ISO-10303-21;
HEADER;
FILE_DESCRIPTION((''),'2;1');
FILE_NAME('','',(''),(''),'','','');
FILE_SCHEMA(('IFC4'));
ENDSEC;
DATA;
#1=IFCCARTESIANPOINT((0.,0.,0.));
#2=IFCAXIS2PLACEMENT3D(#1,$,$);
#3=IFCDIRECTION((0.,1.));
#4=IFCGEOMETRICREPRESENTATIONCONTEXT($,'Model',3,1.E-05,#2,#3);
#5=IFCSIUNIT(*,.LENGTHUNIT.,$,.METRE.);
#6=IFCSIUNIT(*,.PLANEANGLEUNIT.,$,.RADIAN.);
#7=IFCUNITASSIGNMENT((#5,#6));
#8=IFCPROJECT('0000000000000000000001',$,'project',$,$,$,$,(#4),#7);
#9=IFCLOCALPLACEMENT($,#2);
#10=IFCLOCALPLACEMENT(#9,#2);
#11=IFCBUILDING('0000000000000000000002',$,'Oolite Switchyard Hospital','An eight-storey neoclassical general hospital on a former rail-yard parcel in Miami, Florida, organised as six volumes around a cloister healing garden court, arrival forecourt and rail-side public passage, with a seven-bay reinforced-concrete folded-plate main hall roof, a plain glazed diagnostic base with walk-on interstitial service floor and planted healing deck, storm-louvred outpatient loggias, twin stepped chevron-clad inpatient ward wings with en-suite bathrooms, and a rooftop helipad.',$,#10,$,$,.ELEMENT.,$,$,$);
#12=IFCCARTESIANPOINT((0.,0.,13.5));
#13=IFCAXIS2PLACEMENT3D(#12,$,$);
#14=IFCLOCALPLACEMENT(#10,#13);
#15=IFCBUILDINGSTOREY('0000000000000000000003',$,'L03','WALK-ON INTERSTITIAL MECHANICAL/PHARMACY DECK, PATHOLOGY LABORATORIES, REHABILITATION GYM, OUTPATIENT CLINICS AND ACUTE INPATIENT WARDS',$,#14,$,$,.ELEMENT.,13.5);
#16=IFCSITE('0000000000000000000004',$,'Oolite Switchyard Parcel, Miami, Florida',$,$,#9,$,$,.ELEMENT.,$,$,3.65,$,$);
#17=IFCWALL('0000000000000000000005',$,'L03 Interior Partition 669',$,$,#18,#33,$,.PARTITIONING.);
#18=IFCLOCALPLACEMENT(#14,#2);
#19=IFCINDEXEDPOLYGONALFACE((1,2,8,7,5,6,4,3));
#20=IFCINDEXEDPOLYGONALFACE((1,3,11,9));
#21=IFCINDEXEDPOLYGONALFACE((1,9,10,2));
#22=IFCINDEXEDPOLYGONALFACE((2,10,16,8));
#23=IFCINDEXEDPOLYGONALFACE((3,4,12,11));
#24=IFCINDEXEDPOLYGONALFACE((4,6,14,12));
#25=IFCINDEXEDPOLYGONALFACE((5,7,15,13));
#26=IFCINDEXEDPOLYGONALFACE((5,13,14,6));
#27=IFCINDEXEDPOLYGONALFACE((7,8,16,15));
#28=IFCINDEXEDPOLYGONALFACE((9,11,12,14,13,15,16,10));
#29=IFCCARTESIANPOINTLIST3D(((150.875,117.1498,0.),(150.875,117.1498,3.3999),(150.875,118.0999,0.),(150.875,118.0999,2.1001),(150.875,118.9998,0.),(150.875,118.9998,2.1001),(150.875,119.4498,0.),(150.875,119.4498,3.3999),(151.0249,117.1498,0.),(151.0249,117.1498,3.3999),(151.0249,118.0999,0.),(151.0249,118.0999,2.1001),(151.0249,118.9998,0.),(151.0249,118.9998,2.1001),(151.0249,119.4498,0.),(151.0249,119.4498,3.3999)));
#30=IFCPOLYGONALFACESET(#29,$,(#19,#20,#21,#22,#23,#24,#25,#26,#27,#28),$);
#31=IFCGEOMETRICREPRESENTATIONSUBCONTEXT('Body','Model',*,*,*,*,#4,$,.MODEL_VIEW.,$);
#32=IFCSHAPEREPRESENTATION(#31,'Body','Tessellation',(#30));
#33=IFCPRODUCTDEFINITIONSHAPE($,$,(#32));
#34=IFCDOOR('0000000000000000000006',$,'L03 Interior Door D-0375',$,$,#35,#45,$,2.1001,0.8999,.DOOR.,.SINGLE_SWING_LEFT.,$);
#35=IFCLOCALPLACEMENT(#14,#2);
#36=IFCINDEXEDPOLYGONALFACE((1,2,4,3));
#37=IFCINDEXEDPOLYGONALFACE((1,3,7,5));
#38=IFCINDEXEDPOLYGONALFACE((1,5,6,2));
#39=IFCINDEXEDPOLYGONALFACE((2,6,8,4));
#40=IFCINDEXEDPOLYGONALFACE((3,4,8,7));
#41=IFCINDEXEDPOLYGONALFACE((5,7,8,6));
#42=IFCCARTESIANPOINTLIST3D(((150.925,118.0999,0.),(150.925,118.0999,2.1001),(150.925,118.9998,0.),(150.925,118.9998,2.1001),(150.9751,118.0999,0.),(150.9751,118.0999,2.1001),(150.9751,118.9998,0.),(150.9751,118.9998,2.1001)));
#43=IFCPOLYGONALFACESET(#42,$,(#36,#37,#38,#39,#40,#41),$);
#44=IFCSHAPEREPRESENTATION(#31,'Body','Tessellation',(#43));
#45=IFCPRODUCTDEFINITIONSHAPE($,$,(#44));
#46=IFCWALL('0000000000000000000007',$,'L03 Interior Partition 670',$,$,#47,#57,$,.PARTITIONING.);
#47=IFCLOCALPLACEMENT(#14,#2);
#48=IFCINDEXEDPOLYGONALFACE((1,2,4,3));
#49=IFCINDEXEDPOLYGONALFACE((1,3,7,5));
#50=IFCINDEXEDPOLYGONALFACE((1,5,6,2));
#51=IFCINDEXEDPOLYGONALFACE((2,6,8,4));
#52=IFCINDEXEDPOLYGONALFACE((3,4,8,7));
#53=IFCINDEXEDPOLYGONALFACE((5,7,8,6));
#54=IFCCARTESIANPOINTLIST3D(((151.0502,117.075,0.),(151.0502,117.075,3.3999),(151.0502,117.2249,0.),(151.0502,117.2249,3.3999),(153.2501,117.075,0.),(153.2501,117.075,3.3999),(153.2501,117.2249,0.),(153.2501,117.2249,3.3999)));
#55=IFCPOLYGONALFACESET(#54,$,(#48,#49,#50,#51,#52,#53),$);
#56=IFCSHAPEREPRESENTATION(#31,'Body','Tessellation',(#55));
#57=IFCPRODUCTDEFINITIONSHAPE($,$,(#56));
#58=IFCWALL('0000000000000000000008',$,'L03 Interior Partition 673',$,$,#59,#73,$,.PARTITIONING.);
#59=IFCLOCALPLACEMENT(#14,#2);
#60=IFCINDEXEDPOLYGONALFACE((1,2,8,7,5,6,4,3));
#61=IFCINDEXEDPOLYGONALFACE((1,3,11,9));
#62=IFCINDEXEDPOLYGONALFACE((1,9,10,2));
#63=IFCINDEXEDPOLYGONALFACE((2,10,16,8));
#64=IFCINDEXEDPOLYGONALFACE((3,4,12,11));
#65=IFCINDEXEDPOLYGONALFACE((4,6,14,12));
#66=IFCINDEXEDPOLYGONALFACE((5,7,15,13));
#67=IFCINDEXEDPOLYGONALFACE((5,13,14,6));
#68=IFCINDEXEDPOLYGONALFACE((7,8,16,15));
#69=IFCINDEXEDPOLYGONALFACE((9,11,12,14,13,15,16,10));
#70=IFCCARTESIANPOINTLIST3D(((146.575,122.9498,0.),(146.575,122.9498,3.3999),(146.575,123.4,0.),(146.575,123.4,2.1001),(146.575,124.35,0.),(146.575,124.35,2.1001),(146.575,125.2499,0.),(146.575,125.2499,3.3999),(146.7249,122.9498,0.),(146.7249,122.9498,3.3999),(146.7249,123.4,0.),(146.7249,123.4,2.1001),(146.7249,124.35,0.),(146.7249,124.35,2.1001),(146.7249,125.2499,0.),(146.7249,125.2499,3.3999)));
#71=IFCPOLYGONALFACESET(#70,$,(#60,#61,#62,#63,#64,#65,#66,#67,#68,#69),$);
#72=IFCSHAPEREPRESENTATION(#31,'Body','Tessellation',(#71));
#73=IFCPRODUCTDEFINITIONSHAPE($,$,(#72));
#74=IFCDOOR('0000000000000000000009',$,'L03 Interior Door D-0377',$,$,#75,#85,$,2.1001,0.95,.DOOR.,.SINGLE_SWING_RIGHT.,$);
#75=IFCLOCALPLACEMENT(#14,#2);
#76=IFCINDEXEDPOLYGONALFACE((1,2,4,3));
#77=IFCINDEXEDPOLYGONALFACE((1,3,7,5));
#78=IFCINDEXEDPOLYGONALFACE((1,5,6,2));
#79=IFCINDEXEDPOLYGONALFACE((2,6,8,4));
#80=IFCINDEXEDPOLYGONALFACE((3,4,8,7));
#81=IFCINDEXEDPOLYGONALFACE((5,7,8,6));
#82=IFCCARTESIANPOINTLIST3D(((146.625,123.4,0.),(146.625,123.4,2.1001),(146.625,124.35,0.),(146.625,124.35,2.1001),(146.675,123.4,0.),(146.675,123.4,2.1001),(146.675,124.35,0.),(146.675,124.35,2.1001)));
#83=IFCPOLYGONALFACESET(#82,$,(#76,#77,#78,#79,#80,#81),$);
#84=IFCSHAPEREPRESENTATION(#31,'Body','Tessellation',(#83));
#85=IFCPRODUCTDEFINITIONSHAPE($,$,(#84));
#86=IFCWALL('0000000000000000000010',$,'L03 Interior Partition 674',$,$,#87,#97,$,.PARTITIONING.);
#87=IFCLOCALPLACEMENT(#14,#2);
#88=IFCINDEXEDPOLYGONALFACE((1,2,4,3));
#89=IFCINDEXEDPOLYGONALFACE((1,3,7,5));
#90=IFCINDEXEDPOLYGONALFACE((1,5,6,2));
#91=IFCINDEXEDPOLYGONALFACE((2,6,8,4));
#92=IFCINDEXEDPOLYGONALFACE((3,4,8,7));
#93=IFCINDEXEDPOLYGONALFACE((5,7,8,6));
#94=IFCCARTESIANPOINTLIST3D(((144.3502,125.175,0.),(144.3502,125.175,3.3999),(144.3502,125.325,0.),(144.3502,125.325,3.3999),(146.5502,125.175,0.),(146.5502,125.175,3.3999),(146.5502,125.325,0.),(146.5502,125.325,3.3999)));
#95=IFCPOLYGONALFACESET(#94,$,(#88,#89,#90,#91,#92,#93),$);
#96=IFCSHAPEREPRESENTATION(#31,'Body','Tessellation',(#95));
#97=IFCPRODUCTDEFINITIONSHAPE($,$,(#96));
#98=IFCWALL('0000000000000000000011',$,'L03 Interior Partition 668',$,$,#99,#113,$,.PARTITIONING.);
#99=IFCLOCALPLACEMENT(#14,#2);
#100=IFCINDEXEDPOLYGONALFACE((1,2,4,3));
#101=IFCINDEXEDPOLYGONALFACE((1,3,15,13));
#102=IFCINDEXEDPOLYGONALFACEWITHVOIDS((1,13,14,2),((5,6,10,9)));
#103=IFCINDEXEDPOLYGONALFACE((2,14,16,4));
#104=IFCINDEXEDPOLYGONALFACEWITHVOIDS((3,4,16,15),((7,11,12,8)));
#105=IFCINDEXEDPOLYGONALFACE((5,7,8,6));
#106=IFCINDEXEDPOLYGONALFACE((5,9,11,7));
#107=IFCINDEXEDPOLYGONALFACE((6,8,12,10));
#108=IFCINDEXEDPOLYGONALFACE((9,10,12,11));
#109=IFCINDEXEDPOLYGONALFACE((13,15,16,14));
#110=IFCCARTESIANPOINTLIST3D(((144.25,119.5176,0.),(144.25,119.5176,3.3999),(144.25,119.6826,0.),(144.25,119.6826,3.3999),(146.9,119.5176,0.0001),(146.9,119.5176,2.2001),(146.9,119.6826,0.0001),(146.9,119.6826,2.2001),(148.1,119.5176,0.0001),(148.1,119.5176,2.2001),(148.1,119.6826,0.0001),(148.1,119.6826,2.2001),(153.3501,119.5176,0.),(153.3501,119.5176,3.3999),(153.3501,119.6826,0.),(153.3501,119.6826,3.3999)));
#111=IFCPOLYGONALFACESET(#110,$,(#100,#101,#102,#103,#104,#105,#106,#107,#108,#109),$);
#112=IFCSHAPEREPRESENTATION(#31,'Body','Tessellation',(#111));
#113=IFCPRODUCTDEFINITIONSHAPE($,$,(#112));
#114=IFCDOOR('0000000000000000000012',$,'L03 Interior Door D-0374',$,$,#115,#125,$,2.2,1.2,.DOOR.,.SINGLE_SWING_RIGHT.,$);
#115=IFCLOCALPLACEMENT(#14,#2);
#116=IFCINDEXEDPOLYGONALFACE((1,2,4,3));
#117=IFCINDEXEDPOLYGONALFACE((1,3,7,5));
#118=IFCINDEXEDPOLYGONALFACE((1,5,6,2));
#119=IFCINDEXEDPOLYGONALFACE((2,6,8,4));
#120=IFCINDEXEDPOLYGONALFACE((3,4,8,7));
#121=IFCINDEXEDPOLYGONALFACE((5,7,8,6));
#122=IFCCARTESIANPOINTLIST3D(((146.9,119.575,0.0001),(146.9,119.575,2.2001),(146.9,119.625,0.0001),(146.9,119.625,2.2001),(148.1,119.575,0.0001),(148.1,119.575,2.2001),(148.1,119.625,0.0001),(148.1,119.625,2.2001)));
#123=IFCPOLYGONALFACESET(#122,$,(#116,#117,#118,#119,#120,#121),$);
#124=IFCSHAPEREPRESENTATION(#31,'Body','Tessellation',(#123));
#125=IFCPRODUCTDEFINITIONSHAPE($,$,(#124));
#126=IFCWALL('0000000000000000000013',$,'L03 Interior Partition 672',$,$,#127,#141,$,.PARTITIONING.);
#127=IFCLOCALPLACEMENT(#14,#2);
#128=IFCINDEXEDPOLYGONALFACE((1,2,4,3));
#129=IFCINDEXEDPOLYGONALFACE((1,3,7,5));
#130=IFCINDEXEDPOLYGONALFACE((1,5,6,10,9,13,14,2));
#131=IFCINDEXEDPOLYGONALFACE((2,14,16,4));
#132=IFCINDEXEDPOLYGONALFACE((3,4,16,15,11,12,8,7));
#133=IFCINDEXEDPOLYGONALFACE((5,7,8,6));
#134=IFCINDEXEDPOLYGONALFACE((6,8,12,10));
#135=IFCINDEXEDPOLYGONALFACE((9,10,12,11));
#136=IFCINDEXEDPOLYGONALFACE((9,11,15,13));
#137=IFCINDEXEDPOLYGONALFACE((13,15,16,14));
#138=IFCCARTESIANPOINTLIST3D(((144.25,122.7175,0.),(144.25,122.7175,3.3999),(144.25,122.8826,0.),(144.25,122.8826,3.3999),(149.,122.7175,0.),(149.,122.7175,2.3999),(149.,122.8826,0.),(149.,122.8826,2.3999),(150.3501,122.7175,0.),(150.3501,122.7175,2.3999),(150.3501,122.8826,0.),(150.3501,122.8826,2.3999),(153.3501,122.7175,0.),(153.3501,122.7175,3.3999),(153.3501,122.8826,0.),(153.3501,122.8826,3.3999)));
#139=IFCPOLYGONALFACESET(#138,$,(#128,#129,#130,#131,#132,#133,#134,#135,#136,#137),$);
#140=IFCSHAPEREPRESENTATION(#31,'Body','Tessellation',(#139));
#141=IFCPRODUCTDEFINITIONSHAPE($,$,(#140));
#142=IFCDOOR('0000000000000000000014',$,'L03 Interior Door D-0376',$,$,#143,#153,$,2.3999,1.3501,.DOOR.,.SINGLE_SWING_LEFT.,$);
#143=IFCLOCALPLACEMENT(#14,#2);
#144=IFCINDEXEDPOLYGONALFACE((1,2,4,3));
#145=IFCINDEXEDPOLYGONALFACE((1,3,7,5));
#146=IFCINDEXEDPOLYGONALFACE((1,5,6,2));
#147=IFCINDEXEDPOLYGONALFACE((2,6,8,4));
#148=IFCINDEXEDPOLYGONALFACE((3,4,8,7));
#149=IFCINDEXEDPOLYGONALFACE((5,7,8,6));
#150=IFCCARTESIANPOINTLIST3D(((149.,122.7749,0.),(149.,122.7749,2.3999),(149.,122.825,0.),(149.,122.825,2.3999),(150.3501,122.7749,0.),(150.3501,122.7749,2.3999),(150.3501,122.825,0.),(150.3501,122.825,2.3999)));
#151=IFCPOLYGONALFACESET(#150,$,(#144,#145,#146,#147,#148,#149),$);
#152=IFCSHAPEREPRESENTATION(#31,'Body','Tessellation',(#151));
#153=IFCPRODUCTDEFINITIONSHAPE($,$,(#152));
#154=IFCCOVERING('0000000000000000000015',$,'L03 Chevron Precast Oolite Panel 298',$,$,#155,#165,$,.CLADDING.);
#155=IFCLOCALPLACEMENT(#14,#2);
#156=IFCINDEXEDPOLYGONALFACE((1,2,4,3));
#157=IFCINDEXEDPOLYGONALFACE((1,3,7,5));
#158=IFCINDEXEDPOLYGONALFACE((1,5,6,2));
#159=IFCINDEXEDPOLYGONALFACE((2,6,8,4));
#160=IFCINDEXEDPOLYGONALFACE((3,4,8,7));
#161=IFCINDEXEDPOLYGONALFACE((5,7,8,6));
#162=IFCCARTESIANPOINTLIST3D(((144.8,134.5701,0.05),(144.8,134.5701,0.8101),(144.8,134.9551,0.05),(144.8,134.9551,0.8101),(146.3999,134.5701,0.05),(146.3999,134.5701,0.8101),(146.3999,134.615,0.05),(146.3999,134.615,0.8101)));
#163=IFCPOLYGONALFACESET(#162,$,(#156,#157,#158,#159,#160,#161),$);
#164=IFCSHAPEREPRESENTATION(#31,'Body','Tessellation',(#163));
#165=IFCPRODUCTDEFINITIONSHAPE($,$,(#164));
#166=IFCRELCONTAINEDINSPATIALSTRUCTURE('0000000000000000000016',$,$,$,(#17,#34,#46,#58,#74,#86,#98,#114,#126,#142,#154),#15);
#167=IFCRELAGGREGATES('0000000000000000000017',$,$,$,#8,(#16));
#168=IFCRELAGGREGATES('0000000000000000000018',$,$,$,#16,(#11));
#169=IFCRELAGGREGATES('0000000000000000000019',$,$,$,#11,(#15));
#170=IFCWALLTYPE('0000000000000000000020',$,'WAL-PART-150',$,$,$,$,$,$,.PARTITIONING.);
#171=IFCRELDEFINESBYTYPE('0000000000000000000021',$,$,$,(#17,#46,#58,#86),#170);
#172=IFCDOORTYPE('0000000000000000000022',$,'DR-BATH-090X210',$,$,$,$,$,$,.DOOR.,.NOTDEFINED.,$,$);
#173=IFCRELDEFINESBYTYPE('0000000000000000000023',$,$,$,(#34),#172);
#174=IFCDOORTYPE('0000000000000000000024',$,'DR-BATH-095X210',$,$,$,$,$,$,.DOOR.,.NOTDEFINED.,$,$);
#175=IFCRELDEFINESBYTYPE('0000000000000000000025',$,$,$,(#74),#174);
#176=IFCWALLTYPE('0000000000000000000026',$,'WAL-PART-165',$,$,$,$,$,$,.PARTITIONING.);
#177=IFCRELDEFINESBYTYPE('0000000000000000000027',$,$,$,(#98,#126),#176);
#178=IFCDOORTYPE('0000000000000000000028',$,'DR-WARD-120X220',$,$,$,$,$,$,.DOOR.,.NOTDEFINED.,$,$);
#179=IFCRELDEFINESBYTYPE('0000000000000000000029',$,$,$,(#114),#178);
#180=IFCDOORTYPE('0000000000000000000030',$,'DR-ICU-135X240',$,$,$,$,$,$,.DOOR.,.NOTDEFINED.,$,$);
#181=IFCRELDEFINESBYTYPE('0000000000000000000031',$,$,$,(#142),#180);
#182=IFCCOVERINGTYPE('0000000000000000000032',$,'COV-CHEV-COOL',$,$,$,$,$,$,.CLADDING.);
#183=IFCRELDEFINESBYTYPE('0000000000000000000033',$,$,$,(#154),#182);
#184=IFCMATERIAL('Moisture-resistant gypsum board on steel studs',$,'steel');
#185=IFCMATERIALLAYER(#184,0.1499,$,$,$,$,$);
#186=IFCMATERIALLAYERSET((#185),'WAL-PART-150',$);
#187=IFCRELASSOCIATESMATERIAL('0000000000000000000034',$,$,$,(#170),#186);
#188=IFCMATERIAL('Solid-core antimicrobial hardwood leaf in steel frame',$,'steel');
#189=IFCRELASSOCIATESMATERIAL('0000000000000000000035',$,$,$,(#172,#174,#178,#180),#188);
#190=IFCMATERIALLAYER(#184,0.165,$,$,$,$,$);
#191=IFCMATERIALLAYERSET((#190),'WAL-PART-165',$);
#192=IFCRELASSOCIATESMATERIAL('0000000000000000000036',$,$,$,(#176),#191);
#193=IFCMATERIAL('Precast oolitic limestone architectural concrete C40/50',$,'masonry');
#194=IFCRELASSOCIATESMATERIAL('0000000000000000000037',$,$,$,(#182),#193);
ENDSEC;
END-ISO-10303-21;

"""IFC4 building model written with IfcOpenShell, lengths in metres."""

from ifc_helpers import new_model, si_unit, direction, frame, frame_2d, origin, place, context, subcontext, project, spatial, polyline, rectangle, outline, extrude, material, layer, layer_set, type_object, element, fill, save


model = new_model("IFC4")

# Units and contexts
model_context = context("Model", 3, precision=1e-05, world=origin(), true_north=direction((0.0, 1.0)))
body_context = subcontext(model_context, "Body", "Model", "MODEL_VIEW")
ifc_project = project(units=[si_unit("LENGTHUNIT", "METRE"), si_unit("PLANEANGLEUNIT", "RADIAN")], contexts=[model_context])

# Site, building, storey
site_placement = place(None, origin())
site = spatial("IfcSite", under=ifc_project, at=site_placement, Name="Oolite Switchyard Parcel, Miami, Florida", CompositionType="ELEMENT", RefElevation=3.65)
building_placement = place(site_placement, origin())
building = spatial("IfcBuilding", under=site, at=building_placement, Name="Oolite Switchyard Hospital", Description="An eight-storey neoclassical general hospital on a former rail-yard parcel in Miami, Florida, organised as six volumes around a cloister healing garden court, arrival forecourt and rail-side public passage, with a seven-bay reinforced-concrete folded-plate main hall roof, a plain glazed diagnostic base with walk-on interstitial service floor and planted healing deck, storm-louvred outpatient loggias, twin stepped chevron-clad inpatient ward wings with en-suite bathrooms, and a rooftop helipad.", CompositionType="ELEMENT")
storey_placement = place(building_placement, frame((0.0, 0.0, 13.5)))
storey = spatial("IfcBuildingStorey", under=building, at=storey_placement, Name="L03", Description="WALK-ON INTERSTITIAL MECHANICAL/PHARMACY DECK, PATHOLOGY LABORATORIES, REHABILITATION GYM, OUTPATIENT CLINICS AND ACUTE INPATIENT WARDS", CompositionType="ELEMENT", Elevation=13.5)

# Shared definitions
ifc_material_1 = material(Name="Moisture-resistant gypsum board on steel studs", Category="steel")

# Wall, opening, door
ifc_layer_1 = layer(ifc_material_1, 0.1499)
ifc_layer_set_1 = layer_set([ifc_layer_1], Name="WAL-PART-150")
wall_type_1 = type_object("IfcWallType", Name="WAL-PART-150", PredefinedType="PARTITIONING", material=ifc_layer_set_1)
wall_1_placement = place(storey_placement, frame((150.95, 117.1499, 0.0), z_axis=(0.0, 0.0, 1.0), x_axis=(0.0, 1.0, 0.0)))
wall_1 = element("IfcWall", 1, at=wall_1_placement, inside=storey, type_object=wall_type_1, Name="L03 Interior Partition 669", PredefinedType="PARTITIONING", context=body_context, shape_type="SweptSolid", body=[
    extrude(rectangle(XDim=2.3, YDim=0.1499, at=frame_2d((1.1499, 0.0))), origin(), (0.0, 0.0, 1.0), 3.3999),
])
opening_1_placement = place(wall_1_placement, frame((0.95, 0.0, 0.0)))
opening_1 = element("IfcOpeningElement", 2, at=opening_1_placement, cuts=wall_1, PredefinedType="OPENING", context=body_context, shape_type="SweptSolid", body=[
    extrude(rectangle(XDim=0.8999, YDim=2.1001, at=frame_2d((0.45, 1.05))), frame((0.0, 0.085, 0.0), z_axis=(0.0, -1.0, 0.0), x_axis=(1.0, 0.0, 0.0)), (0.0, 0.0, 1.0), 0.1699),
])
ifc_material_2 = material(Name="Solid-core antimicrobial hardwood leaf in steel frame", Category="steel")
door_type_1 = type_object("IfcDoorType", Name="DR-BATH-090X210", OperationType="NOTDEFINED", PredefinedType="DOOR", material=ifc_material_2)
door_1_placement = place(opening_1_placement, origin())
door_1 = element("IfcDoor", 3, at=door_1_placement, inside=storey, type_object=door_type_1, Name="L03 Interior Door D-0375", OperationType="SINGLE_SWING_LEFT", OverallHeight=2.1001, OverallWidth=0.8999, PredefinedType="DOOR", context=body_context, shape_type="SweptSolid", body=[
    extrude(rectangle(XDim=0.8999, YDim=2.1001, at=frame_2d((0.45, 1.05))), frame((0.0, 0.0249, 0.0), z_axis=(0.0, -1.0, 0.0), x_axis=(1.0, 0.0, 0.0)), (0.0, 0.0, 1.0), 0.05),
])
fill(opening_1, door_1)

# Wall
wall_2_placement = place(storey_placement, frame((151.05, 117.1499, 0.0), z_axis=(0.0, 0.0, 1.0), x_axis=(1.0, 0.0, 0.0)))
element("IfcWall", 4, at=wall_2_placement, inside=storey, type_object=wall_type_1, Name="L03 Interior Partition 670", PredefinedType="PARTITIONING", context=body_context, shape_type="SweptSolid", body=[
    extrude(rectangle(XDim=2.2, YDim=0.1499, at=frame_2d((1.1001, 0.0))), origin(), (0.0, 0.0, 1.0), 3.3999),
])

# Wall, opening, door
wall_3_placement = place(storey_placement, frame((146.6499, 122.95, 0.0), z_axis=(0.0, 0.0, 1.0), x_axis=(0.0, 1.0, 0.0)))
wall_3 = element("IfcWall", 5, at=wall_3_placement, inside=storey, type_object=wall_type_1, Name="L03 Interior Partition 673", PredefinedType="PARTITIONING", context=body_context, shape_type="SweptSolid", body=[
    extrude(rectangle(XDim=2.3, YDim=0.1499, at=frame_2d((1.1499, 0.0))), origin(), (0.0, 0.0, 1.0), 3.3999),
])
opening_2_placement = place(wall_3_placement, frame((0.45, 0.0, 0.0)))
opening_2 = element("IfcOpeningElement", 6, at=opening_2_placement, cuts=wall_3, PredefinedType="OPENING", context=body_context, shape_type="SweptSolid", body=[
    extrude(rectangle(XDim=0.95, YDim=2.1001, at=frame_2d((0.4751, 1.05))), frame((0.0, 0.085, 0.0), z_axis=(0.0, -1.0, 0.0), x_axis=(1.0, 0.0, 0.0)), (0.0, 0.0, 1.0), 0.1699),
])
door_type_2 = type_object("IfcDoorType", Name="DR-BATH-095X210", OperationType="NOTDEFINED", PredefinedType="DOOR", material=ifc_material_2)
door_2_placement = place(opening_2_placement, origin())
door_2 = element("IfcDoor", 7, at=door_2_placement, inside=storey, type_object=door_type_2, Name="L03 Interior Door D-0377", OperationType="SINGLE_SWING_RIGHT", OverallHeight=2.1001, OverallWidth=0.95, PredefinedType="DOOR", context=body_context, shape_type="SweptSolid", body=[
    extrude(rectangle(XDim=0.95, YDim=2.1001, at=frame_2d((0.4751, 1.05))), frame((0.0, 0.0249, 0.0), z_axis=(0.0, -1.0, 0.0), x_axis=(1.0, 0.0, 0.0)), (0.0, 0.0, 1.0), 0.05),
])
fill(opening_2, door_2)

# Wall
wall_4_placement = place(storey_placement, frame((144.3501, 125.25, 0.0), z_axis=(0.0, 0.0, 1.0), x_axis=(1.0, 0.0, 0.0)))
element("IfcWall", 8, at=wall_4_placement, inside=storey, type_object=wall_type_1, Name="L03 Interior Partition 674", PredefinedType="PARTITIONING", context=body_context, shape_type="SweptSolid", body=[
    extrude(rectangle(XDim=2.2, YDim=0.1499, at=frame_2d((1.1001, 0.0))), origin(), (0.0, 0.0, 1.0), 3.3999),
])

# Walls, openings, doors
ifc_layer_2 = layer(ifc_material_1, 0.165)
ifc_layer_set_2 = layer_set([ifc_layer_2], Name="WAL-PART-165")
wall_type_2 = type_object("IfcWallType", Name="WAL-PART-165", PredefinedType="PARTITIONING", material=ifc_layer_set_2)
wall_5_placement = place(storey_placement, frame((144.25, 119.6001, 0.0), z_axis=(0.0, 0.0, 1.0), x_axis=(1.0, 0.0, 0.0)))
wall_5 = element("IfcWall", 9, at=wall_5_placement, inside=storey, type_object=wall_type_2, Name="L03 Interior Partition 668", PredefinedType="PARTITIONING", context=body_context, shape_type="SweptSolid", body=[
    extrude(rectangle(XDim=9.1001, YDim=0.165, at=frame_2d((4.55, 0.0))), origin(), (0.0, 0.0, 1.0), 3.3999),
])
opening_3_placement = place(wall_5_placement, frame((2.6499, 0.0, 0.0)))
opening_3 = element("IfcOpeningElement", 10, at=opening_3_placement, cuts=wall_5, PredefinedType="OPENING", context=body_context, shape_type="SweptSolid", body=[
    extrude(rectangle(XDim=1.2, YDim=2.2, at=frame_2d((0.6001, 1.1001))), frame((0.0, 0.0925, 0.0), z_axis=(0.0, -1.0, 0.0), x_axis=(1.0, 0.0, 0.0)), (0.0, 0.0, 1.0), 0.1851),
])
door_type_3 = type_object("IfcDoorType", Name="DR-WARD-120X220", OperationType="NOTDEFINED", PredefinedType="DOOR", material=ifc_material_2)
door_3_placement = place(opening_3_placement, origin())
door_3 = element("IfcDoor", 11, at=door_3_placement, inside=storey, type_object=door_type_3, Name="L03 Interior Door D-0374", OperationType="SINGLE_SWING_RIGHT", OverallHeight=2.2, OverallWidth=1.2, PredefinedType="DOOR", context=body_context, shape_type="SweptSolid", body=[
    extrude(rectangle(XDim=1.2, YDim=2.2, at=frame_2d((0.6001, 1.1001))), frame((0.0, 0.0249, 0.0), z_axis=(0.0, -1.0, 0.0), x_axis=(1.0, 0.0, 0.0)), (0.0, 0.0, 1.0), 0.05),
])
fill(opening_3, door_3)
wall_6_placement = place(storey_placement, frame((144.25, 122.8, 0.0), z_axis=(0.0, 0.0, 1.0), x_axis=(1.0, 0.0, 0.0)))
wall_6 = element("IfcWall", 12, at=wall_6_placement, inside=storey, type_object=wall_type_2, Name="L03 Interior Partition 672", PredefinedType="PARTITIONING", context=body_context, shape_type="SweptSolid", body=[
    extrude(rectangle(XDim=9.1001, YDim=0.165, at=frame_2d((4.55, 0.0))), origin(), (0.0, 0.0, 1.0), 3.3999),
])
opening_4_placement = place(wall_6_placement, frame((4.75, 0.0, 0.0)))
opening_4 = element("IfcOpeningElement", 13, at=opening_4_placement, cuts=wall_6, PredefinedType="OPENING", context=body_context, shape_type="SweptSolid", body=[
    extrude(rectangle(XDim=1.3501, YDim=2.3999, at=frame_2d((0.675, 1.2))), frame((0.0, 0.0925, 0.0), z_axis=(0.0, -1.0, 0.0), x_axis=(1.0, 0.0, 0.0)), (0.0, 0.0, 1.0), 0.1851),
])
door_type_4 = type_object("IfcDoorType", Name="DR-ICU-135X240", OperationType="NOTDEFINED", PredefinedType="DOOR", material=ifc_material_2)
door_4_placement = place(opening_4_placement, origin())
door_4 = element("IfcDoor", 14, at=door_4_placement, inside=storey, type_object=door_type_4, Name="L03 Interior Door D-0376", OperationType="SINGLE_SWING_LEFT", OverallHeight=2.3999, OverallWidth=1.3501, PredefinedType="DOOR", context=body_context, shape_type="SweptSolid", body=[
    extrude(rectangle(XDim=1.3501, YDim=2.3999, at=frame_2d((0.675, 1.2))), frame((0.0, 0.0249, 0.0), z_axis=(0.0, -1.0, 0.0), x_axis=(1.0, 0.0, 0.0)), (0.0, 0.0, 1.0), 0.05),
])
fill(opening_4, door_4)

# Covering
ifc_material_3 = material(Name="Precast oolitic limestone architectural concrete C40/50", Category="masonry")
covering_type = type_object("IfcCoveringType", Name="COV-CHEV-COOL", PredefinedType="CLADDING", material=ifc_material_3)
covering_1_placement = place(storey_placement, frame((144.8, 134.5701, 0.05), z_axis=(0.0, 0.0, 1.0), x_axis=(1.0, 0.0, 0.0)))
element("IfcCovering", 15, at=covering_1_placement, inside=storey, type_object=covering_type, Name="L03 Chevron Precast Oolite Panel 298", PredefinedType="CLADDING", context=body_context, shape_type="SweptSolid", body=[
    extrude(outline(polyline([(0.0, 0.0), (1.5999, 0.0), (1.5999, 0.0449), (0.0, 0.385), (0.0, 0.0)])), origin(), (0.0, 0.0, 1.0), 0.76),
])

save(model, "model.ifc")
